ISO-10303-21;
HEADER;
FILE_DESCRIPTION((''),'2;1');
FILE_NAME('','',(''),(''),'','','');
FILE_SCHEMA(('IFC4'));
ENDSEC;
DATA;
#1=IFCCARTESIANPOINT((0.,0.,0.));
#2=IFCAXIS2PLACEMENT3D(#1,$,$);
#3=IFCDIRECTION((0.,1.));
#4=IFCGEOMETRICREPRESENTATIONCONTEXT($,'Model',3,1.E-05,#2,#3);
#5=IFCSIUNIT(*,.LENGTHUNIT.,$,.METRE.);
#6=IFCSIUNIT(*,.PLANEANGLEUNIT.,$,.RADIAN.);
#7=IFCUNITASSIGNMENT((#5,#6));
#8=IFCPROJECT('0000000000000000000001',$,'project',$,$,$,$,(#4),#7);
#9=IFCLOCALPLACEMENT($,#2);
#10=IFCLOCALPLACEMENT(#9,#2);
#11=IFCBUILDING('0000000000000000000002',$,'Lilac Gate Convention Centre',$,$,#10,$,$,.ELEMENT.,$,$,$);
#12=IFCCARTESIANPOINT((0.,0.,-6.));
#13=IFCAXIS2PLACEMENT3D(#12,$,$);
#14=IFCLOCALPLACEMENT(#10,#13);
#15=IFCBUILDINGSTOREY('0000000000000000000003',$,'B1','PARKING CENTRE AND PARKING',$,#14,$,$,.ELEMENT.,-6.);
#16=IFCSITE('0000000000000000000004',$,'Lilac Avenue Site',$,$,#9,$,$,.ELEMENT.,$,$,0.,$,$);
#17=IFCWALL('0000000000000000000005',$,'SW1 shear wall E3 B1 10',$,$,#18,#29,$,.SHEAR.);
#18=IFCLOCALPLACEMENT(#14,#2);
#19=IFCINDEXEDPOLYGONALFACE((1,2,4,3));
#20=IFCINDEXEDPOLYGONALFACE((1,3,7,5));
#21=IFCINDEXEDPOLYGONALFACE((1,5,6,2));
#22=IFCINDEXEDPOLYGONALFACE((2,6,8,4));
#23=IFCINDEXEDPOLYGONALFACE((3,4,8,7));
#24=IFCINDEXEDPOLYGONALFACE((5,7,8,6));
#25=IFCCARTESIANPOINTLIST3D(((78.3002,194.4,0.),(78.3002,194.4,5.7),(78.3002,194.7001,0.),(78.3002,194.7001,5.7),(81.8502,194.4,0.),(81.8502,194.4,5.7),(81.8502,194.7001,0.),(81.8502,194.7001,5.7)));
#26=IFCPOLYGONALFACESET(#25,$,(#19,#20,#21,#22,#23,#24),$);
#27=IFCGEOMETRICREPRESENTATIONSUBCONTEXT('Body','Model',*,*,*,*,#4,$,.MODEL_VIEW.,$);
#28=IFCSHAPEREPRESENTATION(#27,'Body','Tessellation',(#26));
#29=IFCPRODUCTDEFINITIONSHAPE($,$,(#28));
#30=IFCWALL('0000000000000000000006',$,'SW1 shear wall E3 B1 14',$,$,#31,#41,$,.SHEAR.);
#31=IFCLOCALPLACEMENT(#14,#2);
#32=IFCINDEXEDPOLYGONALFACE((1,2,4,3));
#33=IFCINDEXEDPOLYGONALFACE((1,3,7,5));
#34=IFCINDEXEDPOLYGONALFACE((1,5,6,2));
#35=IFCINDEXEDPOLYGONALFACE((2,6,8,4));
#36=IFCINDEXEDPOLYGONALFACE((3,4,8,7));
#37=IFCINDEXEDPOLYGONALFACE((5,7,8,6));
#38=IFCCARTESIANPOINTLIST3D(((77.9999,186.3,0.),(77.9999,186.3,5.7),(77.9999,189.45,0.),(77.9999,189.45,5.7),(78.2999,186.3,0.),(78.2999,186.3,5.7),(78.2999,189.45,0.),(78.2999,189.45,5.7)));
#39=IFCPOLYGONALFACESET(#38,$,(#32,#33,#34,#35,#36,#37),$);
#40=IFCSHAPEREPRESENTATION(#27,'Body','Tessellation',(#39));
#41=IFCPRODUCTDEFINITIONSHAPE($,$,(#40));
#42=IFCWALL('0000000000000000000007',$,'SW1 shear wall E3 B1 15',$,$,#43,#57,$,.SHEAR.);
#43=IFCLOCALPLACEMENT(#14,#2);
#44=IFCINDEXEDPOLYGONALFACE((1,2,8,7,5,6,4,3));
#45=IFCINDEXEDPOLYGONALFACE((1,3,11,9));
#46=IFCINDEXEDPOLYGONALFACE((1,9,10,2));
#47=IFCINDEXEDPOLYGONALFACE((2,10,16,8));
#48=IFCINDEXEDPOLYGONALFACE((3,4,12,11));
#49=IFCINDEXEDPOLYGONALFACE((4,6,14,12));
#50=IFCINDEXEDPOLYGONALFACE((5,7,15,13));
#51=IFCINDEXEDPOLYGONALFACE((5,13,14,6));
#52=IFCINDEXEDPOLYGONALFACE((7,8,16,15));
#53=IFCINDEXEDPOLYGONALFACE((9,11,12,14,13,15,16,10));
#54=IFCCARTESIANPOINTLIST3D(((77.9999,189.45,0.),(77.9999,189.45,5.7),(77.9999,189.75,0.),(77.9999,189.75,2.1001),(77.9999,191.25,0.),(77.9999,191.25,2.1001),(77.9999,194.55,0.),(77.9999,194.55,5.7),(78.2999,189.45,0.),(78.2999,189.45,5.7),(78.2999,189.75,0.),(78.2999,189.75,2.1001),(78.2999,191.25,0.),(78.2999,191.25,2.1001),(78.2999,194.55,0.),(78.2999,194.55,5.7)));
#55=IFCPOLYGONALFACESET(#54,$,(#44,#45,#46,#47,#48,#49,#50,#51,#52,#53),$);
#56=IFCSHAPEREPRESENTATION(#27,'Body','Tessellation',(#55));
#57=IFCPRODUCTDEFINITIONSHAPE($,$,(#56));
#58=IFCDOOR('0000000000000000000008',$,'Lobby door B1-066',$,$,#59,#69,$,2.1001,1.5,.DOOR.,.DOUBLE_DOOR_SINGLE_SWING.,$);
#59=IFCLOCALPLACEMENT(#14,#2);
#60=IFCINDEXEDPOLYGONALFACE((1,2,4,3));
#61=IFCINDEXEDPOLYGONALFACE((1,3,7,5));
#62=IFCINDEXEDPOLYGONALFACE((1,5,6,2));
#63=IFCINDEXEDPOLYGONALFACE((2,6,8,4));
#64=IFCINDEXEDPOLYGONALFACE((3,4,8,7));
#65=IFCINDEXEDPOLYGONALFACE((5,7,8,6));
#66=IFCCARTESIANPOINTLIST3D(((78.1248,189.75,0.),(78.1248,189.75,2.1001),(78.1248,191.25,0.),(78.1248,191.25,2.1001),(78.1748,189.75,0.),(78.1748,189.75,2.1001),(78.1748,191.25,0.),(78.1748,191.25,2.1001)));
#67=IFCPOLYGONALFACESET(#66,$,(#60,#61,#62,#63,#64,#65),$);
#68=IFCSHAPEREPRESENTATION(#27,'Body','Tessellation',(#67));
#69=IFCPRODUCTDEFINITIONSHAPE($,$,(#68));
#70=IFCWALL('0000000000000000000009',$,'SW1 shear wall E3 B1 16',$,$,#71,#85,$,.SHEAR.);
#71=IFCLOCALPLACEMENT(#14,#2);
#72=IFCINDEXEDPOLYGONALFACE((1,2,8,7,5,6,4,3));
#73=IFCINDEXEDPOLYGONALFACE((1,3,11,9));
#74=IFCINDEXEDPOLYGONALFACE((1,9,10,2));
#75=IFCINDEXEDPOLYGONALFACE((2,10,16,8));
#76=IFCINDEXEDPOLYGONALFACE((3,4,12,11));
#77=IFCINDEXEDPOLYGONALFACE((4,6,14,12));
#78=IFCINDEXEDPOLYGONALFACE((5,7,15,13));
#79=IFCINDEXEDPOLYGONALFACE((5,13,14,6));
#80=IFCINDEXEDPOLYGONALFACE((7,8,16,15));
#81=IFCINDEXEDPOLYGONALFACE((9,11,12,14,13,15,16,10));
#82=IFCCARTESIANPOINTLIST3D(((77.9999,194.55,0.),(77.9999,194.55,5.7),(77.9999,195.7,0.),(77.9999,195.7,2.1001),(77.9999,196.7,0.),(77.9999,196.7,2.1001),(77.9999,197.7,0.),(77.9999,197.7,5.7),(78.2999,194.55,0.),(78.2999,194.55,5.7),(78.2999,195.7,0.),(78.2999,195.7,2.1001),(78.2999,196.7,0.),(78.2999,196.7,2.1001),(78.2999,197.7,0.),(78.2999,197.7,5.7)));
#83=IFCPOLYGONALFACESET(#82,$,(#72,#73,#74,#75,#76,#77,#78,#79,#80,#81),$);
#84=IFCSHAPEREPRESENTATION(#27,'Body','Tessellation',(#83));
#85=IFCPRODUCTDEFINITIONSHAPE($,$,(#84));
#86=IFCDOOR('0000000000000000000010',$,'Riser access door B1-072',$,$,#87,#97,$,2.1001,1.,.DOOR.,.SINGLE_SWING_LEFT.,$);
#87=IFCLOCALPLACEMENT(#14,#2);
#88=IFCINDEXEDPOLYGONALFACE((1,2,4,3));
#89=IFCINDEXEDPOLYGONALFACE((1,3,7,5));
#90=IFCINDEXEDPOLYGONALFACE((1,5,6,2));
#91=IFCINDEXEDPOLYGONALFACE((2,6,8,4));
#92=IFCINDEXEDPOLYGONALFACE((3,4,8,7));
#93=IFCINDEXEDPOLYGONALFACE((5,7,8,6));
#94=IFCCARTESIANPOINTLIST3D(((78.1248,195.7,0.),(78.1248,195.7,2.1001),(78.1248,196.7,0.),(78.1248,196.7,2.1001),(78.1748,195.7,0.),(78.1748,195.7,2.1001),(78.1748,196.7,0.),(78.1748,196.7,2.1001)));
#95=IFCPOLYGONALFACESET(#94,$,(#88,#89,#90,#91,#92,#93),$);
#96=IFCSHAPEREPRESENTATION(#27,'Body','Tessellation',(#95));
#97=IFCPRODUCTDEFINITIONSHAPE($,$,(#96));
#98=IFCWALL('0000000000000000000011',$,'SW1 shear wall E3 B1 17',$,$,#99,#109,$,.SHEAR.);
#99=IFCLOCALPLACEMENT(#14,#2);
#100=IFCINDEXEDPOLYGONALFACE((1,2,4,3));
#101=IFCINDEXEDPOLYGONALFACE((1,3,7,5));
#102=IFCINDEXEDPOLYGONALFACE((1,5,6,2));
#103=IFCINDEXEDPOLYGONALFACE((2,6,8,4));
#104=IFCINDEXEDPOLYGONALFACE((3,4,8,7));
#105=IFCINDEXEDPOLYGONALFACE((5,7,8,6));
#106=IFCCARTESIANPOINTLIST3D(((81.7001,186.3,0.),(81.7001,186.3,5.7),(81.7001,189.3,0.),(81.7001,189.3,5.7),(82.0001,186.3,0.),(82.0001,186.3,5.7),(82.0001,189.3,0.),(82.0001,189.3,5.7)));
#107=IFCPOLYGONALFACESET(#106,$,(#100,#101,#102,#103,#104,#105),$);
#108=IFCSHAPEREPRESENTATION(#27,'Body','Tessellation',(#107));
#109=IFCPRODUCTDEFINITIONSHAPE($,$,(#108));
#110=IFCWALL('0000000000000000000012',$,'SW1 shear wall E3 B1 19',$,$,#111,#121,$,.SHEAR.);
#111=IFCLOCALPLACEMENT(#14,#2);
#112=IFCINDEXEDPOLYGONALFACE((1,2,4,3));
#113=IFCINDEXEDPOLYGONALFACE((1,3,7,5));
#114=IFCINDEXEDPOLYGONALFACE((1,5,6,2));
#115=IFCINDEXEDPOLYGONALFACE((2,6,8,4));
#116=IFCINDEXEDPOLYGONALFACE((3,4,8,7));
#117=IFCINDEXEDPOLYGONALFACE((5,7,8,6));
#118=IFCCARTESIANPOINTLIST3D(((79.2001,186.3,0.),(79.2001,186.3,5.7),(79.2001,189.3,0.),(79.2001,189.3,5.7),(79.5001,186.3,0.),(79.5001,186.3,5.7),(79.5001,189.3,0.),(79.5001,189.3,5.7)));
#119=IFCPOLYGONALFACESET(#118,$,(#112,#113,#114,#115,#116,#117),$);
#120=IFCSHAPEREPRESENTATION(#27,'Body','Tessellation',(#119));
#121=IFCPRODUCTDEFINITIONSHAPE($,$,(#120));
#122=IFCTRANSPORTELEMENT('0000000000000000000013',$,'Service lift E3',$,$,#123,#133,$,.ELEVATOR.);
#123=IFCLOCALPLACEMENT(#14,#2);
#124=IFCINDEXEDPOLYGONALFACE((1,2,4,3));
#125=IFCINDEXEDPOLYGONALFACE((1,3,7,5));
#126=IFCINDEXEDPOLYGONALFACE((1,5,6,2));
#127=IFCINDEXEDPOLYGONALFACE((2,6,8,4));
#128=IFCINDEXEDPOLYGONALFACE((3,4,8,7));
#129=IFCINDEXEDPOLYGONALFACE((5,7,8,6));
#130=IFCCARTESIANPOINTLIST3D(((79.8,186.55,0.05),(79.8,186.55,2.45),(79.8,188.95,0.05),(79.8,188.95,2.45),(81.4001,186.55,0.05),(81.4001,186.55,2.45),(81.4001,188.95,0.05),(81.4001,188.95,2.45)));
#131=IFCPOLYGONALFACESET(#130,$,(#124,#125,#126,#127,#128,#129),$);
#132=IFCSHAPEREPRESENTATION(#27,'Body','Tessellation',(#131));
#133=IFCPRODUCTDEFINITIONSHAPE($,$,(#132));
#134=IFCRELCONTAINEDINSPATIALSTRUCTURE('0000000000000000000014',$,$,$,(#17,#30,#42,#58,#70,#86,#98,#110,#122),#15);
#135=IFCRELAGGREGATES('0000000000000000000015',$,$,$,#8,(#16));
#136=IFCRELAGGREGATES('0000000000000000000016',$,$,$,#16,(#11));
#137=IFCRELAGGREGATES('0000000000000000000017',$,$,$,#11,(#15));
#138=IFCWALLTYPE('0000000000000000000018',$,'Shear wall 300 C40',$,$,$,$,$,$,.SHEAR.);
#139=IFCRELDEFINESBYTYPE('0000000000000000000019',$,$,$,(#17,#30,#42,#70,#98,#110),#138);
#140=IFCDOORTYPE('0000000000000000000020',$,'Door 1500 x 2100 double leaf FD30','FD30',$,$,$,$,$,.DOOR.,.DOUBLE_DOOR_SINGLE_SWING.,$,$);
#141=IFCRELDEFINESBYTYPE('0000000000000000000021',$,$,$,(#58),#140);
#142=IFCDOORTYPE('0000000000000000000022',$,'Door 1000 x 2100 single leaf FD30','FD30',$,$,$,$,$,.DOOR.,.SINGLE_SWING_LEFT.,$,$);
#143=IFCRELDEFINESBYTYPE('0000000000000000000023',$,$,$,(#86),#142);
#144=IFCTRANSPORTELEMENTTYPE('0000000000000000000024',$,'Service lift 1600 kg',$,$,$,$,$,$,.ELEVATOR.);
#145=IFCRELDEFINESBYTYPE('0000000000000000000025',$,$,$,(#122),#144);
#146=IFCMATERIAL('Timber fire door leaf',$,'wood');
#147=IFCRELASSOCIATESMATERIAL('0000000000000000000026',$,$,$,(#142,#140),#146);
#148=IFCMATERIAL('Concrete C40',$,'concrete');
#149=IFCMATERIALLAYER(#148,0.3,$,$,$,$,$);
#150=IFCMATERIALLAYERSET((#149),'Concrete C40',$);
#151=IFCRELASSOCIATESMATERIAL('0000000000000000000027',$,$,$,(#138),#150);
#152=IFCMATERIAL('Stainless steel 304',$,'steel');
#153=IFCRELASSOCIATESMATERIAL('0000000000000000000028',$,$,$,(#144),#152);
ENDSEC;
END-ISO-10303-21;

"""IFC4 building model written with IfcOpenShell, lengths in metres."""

from ifc_helpers import new_model, si_unit, direction, frame, frame_2d, origin, origin_2d, place, context, subcontext, project, spatial, rectangle, extrude, material, layer, layer_set, type_object, element, fill, save


model = new_model("IFC4")

# Units and contexts
model_context = context("Model", 3, precision=1e-05, world=origin(), true_north=direction((0.0, 1.0)))
body_context = subcontext(model_context, "Body", "Model", "MODEL_VIEW")
ifc_project = project(units=[si_unit("LENGTHUNIT", "METRE"), si_unit("PLANEANGLEUNIT", "RADIAN")], contexts=[model_context])

# Site, building, storey
site_placement = place(None, origin())
site = spatial("IfcSite", under=ifc_project, at=site_placement, Name="Lilac Avenue Site", CompositionType="ELEMENT", RefElevation=0.0)
building_placement = place(site_placement, origin())
building = spatial("IfcBuilding", under=site, at=building_placement, Name="Lilac Gate Convention Centre", CompositionType="ELEMENT")
storey_placement = place(building_placement, frame((0.0, 0.0, -6.0)))
storey = spatial("IfcBuildingStorey", under=building, at=storey_placement, Name="B1", Description="PARKING CENTRE AND PARKING", CompositionType="ELEMENT", Elevation=-6.0)

# Shared definitions
ifc_material_1 = material(Name="Timber fire door leaf", Category="wood")
door_type_1 = type_object("IfcDoorType", Name="Door 1000 x 2100 single leaf FD30", Description="FD30", OperationType="SINGLE_SWING_LEFT", PredefinedType="DOOR", material=ifc_material_1)

# Shared definitions
ifc_material_2 = material(Name="Concrete C40", Category="concrete")
ifc_layer_1 = layer(ifc_material_2, 0.3)
ifc_layer_set_1 = layer_set([ifc_layer_1], Name="Concrete C40")
wall_type_1 = type_object("IfcWallType", Name="Shear wall 300 C40", PredefinedType="SHEAR", material=ifc_layer_set_1)

# Shared definitions
ifc_material_3 = material(Name="Stainless steel 304", Category="steel")

# Walls
wall_1_placement = place(storey_placement, frame((81.8501, 194.55, 0.0), z_axis=(0.0, 0.0, 1.0), x_axis=(-1.0, 0.0, 0.0)))
element("IfcWall", 1, at=wall_1_placement, inside=storey, type_object=wall_type_1, Name="SW1 shear wall E3 B1 10", PredefinedType="SHEAR", context=body_context, shape_type="SweptSolid", body=[
    extrude(rectangle(XDim=3.55, YDim=0.3, at=frame_2d((1.7749, 0.0))), origin(), (0.0, 0.0, 1.0), 5.7),
])
wall_2_placement = place(storey_placement, frame((78.1499, 186.3, 0.0), z_axis=(0.0, 0.0, 1.0), x_axis=(0.0, 1.0, 0.0)))
element("IfcWall", 2, at=wall_2_placement, inside=storey, type_object=wall_type_1, Name="SW1 shear wall E3 B1 14", PredefinedType="SHEAR", context=body_context, shape_type="SweptSolid", body=[
    extrude(rectangle(XDim=3.1499, YDim=0.3, at=frame_2d((1.575, 0.0))), origin(), (0.0, 0.0, 1.0), 5.7),
])

# Walls, openings, doors
wall_3_placement = place(storey_placement, frame((78.1499, 189.45, 0.0), z_axis=(0.0, 0.0, 1.0), x_axis=(0.0, 1.0, 0.0)))
wall_3 = element("IfcWall", 3, at=wall_3_placement, inside=storey, type_object=wall_type_1, Name="SW1 shear wall E3 B1 15", PredefinedType="SHEAR", context=body_context, shape_type="SweptSolid", body=[
    extrude(rectangle(XDim=5.1001, YDim=0.3, at=frame_2d((2.55, 0.0))), origin(), (0.0, 0.0, 1.0), 5.7),
])
opening_1_placement = place(wall_3_placement, frame((0.3, 0.0, 0.0)))
opening_1 = element("IfcOpeningElement", 4, at=opening_1_placement, cuts=wall_3, PredefinedType="OPENING", context=body_context, shape_type="SweptSolid", body=[
    extrude(rectangle(XDim=1.5, YDim=2.1001, at=frame_2d((0.75, 1.05))), frame((0.0, 0.1599, 0.0), z_axis=(0.0, -1.0, 0.0), x_axis=(1.0, 0.0, 0.0)), (0.0, 0.0, 1.0), 0.3201),
])
door_type_2 = type_object("IfcDoorType", Name="Door 1500 x 2100 double leaf FD30", Description="FD30", OperationType="DOUBLE_DOOR_SINGLE_SWING", PredefinedType="DOOR", material=ifc_material_1)
door_1_placement = place(opening_1_placement, frame((1.5, 0.0, 0.0), z_axis=(0.0, 0.0, 1.0), x_axis=(-1.0, 0.0, 0.0)))
door_1 = element("IfcDoor", 5, at=door_1_placement, inside=storey, type_object=door_type_2, Name="Lobby door B1-066", OperationType="DOUBLE_DOOR_SINGLE_SWING", OverallHeight=2.1001, OverallWidth=1.5, PredefinedType="DOOR", context=body_context, shape_type="SweptSolid", body=[
    extrude(rectangle(XDim=1.5, YDim=2.1001, at=frame_2d((0.75, 1.05))), frame((0.0, 0.0249, 0.0), z_axis=(0.0, -1.0, 0.0), x_axis=(1.0, 0.0, 0.0)), (0.0, 0.0, 1.0), 0.05),
])
fill(opening_1, door_1)
wall_4_placement = place(storey_placement, frame((78.1499, 194.55, 0.0), z_axis=(0.0, 0.0, 1.0), x_axis=(0.0, 1.0, 0.0)))
wall_4 = element("IfcWall", 6, at=wall_4_placement, inside=storey, type_object=wall_type_1, Name="SW1 shear wall E3 B1 16", PredefinedType="SHEAR", context=body_context, shape_type="SweptSolid", body=[
    extrude(rectangle(XDim=3.1499, YDim=0.3, at=frame_2d((1.575, 0.0))), origin(), (0.0, 0.0, 1.0), 5.7),
])
opening_2_placement = place(wall_4_placement, frame((1.1499, 0.0, 0.0)))
opening_2 = element("IfcOpeningElement", 7, at=opening_2_placement, cuts=wall_4, PredefinedType="OPENING", context=body_context, shape_type="SweptSolid", body=[
    extrude(rectangle(XDim=1.0, YDim=2.1001, at=frame_2d((0.5, 1.05))), frame((0.0, 0.1599, 0.0), z_axis=(0.0, -1.0, 0.0), x_axis=(1.0, 0.0, 0.0)), (0.0, 0.0, 1.0), 0.3201),
])
door_2_placement = place(opening_2_placement, frame((1.0, 0.0, 0.0), z_axis=(0.0, 0.0, 1.0), x_axis=(-1.0, 0.0, 0.0)))
door_2 = element("IfcDoor", 8, at=door_2_placement, inside=storey, type_object=door_type_1, Name="Riser access door B1-072", OperationType="SINGLE_SWING_LEFT", OverallHeight=2.1001, OverallWidth=1.0, PredefinedType="DOOR", context=body_context, shape_type="SweptSolid", body=[
    extrude(rectangle(XDim=1.0, YDim=2.1001, at=frame_2d((0.5, 1.05))), frame((0.0, 0.0249, 0.0), z_axis=(0.0, -1.0, 0.0), x_axis=(1.0, 0.0, 0.0)), (0.0, 0.0, 1.0), 0.05),
])
fill(opening_2, door_2)

# Walls
for number, where, z_axis, x_axis, name in (
    (9, (81.8501, 186.3, 0.0), (0.0, 0.0, 1.0), (0.0, 1.0, 0.0), "SW1 shear wall E3 B1 17"),
    (10, (79.3501, 186.3, 0.0), (0.0, 0.0, 1.0), (0.0, 1.0, 0.0), "SW1 shear wall E3 B1 19"),
):
    element("IfcWall", number, at=place(storey_placement, frame(where, z_axis=z_axis, x_axis=x_axis)), inside=storey, type_object=wall_type_1, Name=name, PredefinedType="SHEAR", context=body_context, shape_type="SweptSolid", body=[
        extrude(rectangle(XDim=3.0, YDim=0.3, at=frame_2d((1.5, 0.0))), origin(), (0.0, 0.0, 1.0), 5.7),
    ])

# Transport element
transport_element_type = type_object("IfcTransportElementType", Name="Service lift 1600 kg", PredefinedType="ELEVATOR", material=ifc_material_3)
transport_element_placement = place(storey_placement, frame((80.6001, 187.75, 0.05), z_axis=(0.0, 0.0, 1.0), x_axis=(1.0, 0.0, 0.0)))
element("IfcTransportElement", 11, at=transport_element_placement, inside=storey, type_object=transport_element_type, Name="Service lift E3", PredefinedType="ELEVATOR", context=body_context, shape_type="SweptSolid", body=[
    extrude(rectangle(XDim=1.6001, YDim=2.3999, at=origin_2d()), origin(), (0.0, 0.0, 1.0), 2.3999),
])

save(model, "model.ifc")
